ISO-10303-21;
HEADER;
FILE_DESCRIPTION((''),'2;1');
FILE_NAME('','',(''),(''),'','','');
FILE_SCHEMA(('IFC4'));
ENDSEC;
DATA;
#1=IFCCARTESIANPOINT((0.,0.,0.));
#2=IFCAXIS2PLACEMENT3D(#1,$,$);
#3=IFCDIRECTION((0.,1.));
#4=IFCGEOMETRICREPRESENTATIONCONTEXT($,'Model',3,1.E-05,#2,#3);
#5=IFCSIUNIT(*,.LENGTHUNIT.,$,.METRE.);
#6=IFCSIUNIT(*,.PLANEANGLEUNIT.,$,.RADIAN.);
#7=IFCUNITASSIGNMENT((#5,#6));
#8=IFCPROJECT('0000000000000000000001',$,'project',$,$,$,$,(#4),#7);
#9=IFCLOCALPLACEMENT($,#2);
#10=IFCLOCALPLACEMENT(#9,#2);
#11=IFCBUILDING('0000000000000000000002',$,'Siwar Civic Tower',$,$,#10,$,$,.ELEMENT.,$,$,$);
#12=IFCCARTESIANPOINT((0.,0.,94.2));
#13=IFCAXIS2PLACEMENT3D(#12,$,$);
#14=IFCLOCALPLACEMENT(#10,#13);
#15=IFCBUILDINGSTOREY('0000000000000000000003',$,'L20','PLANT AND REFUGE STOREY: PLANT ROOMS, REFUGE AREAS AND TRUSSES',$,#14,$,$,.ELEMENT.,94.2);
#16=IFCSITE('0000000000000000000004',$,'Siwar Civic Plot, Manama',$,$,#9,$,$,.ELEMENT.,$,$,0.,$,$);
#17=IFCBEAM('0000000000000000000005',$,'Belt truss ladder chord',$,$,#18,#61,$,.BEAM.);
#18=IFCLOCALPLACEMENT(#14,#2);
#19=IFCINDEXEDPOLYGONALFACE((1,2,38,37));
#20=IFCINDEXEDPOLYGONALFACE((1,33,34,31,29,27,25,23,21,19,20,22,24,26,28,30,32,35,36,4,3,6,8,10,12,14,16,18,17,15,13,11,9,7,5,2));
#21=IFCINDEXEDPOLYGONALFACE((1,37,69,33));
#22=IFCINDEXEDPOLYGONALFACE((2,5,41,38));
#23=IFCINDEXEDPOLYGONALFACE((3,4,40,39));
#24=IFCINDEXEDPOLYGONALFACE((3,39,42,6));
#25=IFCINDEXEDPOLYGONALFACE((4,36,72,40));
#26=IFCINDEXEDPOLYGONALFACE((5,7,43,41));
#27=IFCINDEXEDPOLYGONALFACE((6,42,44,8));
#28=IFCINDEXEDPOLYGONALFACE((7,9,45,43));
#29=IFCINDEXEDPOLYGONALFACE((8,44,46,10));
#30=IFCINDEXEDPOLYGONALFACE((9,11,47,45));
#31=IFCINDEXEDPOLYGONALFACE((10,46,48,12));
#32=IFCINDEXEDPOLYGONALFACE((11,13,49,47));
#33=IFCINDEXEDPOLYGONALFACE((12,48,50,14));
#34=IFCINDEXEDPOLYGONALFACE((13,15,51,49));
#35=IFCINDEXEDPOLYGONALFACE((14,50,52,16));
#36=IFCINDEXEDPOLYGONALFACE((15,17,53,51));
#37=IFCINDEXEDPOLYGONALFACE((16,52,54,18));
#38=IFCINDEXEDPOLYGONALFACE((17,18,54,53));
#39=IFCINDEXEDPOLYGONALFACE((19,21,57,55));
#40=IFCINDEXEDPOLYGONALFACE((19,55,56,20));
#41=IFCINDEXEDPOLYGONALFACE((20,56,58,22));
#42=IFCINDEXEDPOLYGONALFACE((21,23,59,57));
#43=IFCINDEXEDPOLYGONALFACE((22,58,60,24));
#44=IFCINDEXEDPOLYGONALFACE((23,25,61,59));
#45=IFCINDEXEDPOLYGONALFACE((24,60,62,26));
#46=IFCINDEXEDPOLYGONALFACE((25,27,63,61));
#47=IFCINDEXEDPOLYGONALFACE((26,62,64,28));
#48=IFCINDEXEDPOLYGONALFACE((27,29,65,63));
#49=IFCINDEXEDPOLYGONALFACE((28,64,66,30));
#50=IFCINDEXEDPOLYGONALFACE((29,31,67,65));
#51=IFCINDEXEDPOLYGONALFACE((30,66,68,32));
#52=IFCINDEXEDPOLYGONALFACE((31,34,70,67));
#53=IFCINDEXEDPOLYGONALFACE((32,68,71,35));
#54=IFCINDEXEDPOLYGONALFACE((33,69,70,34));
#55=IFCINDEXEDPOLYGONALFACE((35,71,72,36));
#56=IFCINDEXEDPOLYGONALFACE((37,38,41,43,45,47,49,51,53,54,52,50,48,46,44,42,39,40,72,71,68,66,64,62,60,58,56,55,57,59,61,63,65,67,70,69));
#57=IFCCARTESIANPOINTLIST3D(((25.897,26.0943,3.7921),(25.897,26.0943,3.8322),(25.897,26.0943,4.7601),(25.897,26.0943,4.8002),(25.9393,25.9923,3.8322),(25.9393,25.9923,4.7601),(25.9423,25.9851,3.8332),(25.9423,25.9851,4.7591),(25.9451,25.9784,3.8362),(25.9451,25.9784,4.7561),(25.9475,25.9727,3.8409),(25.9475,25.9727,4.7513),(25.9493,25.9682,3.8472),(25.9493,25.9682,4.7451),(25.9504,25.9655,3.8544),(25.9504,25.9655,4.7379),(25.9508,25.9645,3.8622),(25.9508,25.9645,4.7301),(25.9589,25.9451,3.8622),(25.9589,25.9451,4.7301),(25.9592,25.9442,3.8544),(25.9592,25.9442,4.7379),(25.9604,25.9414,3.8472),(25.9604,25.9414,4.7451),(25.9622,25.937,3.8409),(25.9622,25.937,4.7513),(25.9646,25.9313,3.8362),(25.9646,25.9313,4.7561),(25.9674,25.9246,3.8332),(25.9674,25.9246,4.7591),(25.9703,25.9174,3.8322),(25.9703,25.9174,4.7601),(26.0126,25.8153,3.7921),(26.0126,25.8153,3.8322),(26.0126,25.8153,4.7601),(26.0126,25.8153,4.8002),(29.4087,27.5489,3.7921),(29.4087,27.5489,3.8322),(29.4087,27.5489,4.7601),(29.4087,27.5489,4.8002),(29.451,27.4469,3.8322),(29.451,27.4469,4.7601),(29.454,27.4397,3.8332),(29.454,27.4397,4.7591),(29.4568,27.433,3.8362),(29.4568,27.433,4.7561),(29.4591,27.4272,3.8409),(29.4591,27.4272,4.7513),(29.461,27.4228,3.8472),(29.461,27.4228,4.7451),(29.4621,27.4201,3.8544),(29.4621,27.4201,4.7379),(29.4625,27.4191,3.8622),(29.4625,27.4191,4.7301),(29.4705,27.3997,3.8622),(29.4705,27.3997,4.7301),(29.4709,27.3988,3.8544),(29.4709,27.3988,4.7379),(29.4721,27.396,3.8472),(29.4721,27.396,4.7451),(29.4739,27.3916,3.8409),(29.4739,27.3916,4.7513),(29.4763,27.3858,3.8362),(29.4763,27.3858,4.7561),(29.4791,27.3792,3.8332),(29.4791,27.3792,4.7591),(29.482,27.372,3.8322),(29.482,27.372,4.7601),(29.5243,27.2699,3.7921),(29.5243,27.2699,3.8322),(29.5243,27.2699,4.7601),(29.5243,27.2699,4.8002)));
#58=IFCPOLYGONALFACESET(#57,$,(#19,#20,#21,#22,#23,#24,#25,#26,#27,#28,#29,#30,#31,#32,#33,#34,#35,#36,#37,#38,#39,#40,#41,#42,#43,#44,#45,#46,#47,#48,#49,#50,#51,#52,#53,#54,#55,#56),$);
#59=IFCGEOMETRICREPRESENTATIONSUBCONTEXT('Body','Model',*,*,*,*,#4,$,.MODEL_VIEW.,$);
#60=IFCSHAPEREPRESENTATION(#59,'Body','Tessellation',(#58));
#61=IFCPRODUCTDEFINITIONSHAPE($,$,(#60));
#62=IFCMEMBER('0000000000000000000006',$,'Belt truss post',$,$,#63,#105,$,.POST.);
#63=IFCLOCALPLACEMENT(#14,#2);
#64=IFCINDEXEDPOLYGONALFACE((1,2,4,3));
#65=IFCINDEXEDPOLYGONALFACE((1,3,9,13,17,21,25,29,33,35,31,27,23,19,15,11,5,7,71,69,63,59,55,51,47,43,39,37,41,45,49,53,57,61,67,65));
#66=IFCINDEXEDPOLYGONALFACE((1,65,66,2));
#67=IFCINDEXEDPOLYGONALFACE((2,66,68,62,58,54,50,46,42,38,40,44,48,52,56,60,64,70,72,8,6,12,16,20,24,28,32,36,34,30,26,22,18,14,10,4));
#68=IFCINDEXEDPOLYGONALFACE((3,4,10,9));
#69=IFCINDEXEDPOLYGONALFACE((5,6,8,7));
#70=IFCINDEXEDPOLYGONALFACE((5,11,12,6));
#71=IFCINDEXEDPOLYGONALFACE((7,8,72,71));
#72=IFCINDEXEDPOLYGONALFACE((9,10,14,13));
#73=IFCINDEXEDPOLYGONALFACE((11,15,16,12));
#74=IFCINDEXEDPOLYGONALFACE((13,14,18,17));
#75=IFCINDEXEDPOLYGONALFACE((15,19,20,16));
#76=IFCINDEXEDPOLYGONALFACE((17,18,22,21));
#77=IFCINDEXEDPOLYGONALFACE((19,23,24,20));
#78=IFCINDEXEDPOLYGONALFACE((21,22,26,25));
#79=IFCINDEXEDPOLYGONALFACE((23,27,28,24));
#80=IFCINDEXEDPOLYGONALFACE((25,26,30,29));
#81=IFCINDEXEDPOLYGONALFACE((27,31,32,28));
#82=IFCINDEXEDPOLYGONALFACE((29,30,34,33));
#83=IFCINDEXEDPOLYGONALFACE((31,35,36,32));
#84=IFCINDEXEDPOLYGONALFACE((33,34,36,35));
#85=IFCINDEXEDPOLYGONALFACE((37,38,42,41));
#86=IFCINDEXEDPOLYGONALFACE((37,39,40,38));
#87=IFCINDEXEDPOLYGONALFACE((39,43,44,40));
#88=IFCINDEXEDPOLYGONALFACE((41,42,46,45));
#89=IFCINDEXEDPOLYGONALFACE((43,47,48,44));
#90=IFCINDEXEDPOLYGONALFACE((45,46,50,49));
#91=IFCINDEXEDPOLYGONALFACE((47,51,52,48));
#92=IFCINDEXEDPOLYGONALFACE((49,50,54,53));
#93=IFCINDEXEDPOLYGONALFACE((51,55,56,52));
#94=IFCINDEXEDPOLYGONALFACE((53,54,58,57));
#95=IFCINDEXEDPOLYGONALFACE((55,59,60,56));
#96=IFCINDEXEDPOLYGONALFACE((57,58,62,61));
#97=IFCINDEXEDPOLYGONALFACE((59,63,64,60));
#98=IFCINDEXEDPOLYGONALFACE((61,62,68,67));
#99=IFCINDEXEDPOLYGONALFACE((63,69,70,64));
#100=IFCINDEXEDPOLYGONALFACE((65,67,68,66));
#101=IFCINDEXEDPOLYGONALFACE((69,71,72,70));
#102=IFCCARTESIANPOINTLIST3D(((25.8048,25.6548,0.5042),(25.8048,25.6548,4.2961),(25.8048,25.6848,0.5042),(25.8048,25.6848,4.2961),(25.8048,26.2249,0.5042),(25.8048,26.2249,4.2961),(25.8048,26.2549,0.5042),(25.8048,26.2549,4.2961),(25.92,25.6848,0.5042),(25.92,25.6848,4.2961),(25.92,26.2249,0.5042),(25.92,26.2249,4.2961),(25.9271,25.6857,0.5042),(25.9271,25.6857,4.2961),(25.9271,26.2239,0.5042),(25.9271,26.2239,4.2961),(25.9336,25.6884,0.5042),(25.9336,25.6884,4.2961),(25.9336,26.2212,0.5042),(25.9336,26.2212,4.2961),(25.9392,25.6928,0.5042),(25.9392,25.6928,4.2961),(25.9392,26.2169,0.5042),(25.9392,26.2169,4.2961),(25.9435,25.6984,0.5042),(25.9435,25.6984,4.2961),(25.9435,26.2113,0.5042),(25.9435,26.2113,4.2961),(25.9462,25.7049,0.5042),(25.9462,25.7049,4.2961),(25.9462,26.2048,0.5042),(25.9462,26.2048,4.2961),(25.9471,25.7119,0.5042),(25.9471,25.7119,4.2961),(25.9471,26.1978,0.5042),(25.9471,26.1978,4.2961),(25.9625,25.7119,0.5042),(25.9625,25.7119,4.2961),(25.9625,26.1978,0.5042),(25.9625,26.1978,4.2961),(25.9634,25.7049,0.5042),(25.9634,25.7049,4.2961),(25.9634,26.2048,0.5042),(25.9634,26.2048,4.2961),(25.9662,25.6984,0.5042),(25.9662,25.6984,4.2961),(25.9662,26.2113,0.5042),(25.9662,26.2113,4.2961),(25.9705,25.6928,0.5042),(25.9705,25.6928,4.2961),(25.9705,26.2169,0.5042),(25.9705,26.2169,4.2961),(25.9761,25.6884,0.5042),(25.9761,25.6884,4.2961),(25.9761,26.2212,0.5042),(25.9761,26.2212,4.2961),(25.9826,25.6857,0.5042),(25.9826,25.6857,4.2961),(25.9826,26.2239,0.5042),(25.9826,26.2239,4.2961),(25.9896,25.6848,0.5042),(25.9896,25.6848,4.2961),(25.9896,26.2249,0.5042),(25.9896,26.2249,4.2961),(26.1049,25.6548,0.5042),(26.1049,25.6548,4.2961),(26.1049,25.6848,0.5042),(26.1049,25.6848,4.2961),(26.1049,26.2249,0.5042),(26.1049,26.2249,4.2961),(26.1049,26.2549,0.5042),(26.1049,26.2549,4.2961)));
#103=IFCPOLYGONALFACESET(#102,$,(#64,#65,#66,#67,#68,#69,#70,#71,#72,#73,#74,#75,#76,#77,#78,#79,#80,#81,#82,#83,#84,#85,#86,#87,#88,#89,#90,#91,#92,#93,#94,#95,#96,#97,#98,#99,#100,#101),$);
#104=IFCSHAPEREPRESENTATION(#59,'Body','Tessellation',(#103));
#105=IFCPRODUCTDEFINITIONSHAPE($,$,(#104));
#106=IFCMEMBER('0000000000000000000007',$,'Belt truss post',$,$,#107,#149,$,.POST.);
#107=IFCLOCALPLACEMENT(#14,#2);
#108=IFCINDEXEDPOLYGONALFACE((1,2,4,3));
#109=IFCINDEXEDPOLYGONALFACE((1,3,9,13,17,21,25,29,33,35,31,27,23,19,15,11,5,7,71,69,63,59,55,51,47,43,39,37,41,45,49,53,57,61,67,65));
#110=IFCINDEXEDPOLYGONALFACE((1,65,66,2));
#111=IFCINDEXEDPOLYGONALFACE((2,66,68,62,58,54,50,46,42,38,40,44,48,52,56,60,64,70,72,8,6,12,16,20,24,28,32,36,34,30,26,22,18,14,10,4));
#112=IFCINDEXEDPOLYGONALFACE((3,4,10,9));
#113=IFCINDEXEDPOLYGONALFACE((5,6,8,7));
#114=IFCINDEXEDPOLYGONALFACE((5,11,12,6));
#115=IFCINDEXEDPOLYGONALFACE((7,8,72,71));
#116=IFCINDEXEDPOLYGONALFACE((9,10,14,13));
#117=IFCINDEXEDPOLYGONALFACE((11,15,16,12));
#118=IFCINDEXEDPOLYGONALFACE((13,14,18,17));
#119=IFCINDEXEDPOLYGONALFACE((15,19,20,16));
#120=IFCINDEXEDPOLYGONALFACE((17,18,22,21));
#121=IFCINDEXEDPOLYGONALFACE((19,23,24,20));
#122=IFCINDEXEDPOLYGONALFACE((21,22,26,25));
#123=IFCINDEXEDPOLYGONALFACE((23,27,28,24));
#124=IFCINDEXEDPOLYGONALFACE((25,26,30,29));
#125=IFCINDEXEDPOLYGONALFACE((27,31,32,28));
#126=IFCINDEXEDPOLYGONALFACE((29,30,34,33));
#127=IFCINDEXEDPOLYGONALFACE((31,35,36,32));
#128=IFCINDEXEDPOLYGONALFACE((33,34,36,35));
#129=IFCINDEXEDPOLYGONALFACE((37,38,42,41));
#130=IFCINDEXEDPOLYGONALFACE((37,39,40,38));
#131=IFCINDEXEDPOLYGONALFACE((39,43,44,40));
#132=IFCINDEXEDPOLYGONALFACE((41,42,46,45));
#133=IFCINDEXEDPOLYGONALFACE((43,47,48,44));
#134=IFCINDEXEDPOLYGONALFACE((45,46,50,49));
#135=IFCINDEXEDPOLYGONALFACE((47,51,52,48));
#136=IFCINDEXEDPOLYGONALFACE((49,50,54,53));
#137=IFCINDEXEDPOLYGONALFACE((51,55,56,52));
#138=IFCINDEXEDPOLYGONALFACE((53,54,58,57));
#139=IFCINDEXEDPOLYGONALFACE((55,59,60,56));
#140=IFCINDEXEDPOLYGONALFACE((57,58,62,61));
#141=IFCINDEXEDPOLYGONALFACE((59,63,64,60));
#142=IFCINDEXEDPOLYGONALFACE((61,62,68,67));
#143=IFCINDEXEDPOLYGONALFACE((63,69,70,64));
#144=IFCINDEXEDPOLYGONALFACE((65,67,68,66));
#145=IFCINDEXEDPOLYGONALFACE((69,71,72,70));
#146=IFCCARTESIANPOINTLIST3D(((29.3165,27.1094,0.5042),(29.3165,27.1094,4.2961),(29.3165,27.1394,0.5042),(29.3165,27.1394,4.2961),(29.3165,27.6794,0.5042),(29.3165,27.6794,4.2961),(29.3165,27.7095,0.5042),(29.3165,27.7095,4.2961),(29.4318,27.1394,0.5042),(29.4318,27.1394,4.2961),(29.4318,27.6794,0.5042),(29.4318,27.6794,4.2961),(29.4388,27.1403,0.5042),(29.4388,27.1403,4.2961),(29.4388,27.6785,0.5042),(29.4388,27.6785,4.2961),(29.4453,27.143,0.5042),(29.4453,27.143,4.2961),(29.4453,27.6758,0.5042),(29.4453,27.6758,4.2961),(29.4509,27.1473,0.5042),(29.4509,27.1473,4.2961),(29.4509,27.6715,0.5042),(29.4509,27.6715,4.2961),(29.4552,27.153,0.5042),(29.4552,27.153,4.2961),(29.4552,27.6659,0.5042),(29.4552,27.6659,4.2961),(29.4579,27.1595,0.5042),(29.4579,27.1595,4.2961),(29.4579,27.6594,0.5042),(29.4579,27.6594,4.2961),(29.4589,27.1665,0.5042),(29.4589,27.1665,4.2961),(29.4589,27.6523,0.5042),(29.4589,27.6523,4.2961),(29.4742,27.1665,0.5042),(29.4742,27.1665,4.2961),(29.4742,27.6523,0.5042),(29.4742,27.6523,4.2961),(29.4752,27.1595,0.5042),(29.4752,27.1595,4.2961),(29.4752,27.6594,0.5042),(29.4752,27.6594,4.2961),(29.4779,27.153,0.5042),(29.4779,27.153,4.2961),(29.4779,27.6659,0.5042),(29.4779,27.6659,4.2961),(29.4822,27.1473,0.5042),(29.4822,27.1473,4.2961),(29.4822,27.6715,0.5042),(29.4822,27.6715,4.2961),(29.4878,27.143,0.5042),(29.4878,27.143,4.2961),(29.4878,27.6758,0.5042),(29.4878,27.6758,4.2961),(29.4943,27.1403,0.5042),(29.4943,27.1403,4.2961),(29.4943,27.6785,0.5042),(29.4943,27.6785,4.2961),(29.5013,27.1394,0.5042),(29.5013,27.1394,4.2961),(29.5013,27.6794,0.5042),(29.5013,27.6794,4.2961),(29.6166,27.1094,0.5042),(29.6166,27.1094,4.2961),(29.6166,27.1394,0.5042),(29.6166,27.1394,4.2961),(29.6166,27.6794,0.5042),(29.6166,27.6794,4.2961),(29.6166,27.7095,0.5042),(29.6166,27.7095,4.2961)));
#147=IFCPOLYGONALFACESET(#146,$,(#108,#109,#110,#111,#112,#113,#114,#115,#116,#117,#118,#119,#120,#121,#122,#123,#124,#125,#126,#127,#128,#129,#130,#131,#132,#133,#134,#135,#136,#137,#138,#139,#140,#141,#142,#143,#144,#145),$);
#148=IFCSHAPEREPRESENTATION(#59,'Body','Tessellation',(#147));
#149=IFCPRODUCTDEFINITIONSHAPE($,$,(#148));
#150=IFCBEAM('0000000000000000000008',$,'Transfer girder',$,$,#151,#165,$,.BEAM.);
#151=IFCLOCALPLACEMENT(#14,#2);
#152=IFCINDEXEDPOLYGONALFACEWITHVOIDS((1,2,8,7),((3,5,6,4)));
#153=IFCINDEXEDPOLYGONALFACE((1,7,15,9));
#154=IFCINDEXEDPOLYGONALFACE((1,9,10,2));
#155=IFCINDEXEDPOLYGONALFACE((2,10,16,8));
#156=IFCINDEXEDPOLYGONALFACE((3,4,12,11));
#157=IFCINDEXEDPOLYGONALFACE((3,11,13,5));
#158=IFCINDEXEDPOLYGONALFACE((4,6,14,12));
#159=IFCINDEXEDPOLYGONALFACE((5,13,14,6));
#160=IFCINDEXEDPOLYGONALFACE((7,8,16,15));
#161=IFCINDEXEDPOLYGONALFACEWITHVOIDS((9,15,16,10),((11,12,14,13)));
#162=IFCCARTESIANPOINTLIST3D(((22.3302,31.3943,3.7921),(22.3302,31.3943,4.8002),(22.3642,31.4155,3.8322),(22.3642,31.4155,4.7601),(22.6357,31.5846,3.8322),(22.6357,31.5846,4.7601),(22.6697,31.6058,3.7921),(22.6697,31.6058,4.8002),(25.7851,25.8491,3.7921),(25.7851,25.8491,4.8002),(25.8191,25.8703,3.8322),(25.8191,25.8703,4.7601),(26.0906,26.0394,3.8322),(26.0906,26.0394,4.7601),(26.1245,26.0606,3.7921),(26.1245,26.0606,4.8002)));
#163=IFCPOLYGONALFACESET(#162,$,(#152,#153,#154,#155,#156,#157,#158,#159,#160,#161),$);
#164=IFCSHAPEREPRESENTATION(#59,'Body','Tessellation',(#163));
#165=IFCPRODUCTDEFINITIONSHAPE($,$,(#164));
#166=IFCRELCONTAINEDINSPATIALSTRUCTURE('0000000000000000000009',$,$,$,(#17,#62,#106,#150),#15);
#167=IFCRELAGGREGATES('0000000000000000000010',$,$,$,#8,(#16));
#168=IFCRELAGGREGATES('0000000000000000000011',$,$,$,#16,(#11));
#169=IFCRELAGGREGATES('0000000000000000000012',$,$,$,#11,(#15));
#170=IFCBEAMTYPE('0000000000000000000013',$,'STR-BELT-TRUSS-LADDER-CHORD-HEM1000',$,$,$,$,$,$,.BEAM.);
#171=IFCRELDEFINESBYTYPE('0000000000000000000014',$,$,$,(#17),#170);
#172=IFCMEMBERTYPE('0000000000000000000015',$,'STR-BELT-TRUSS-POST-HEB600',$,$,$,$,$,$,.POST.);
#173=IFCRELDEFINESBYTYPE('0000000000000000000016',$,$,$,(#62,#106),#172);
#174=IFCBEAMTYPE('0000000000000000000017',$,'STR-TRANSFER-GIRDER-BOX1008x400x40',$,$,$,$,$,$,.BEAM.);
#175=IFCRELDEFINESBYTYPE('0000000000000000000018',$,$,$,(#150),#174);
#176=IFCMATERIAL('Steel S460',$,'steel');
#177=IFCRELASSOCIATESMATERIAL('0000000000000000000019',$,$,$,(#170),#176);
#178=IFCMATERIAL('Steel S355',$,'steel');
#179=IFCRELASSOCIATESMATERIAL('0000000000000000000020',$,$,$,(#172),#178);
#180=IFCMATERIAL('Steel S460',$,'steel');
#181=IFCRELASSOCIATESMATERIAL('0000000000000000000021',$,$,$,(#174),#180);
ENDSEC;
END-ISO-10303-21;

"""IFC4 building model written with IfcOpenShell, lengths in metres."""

from ifc_helpers import new_model, si_unit, direction, frame, origin, origin_2d, place, context, subcontext, project, spatial, hollow_rectangle, i_section, extrude, material, material_profile, profile_set, type_object, element, save


model = new_model("IFC4")

# Units and contexts
model_context = context("Model", 3, precision=1e-05, world=origin(), true_north=direction((0.0, 1.0)))
body_context = subcontext(model_context, "Body", "Model", "MODEL_VIEW")
ifc_project = project(units=[si_unit("LENGTHUNIT", "METRE"), si_unit("PLANEANGLEUNIT", "RADIAN")], contexts=[model_context])

# Site, building, storey
site_placement = place(None, origin())
site = spatial("IfcSite", under=ifc_project, at=site_placement, Name="Siwar Civic Plot, Manama", CompositionType="ELEMENT", RefElevation=0.0)
building_placement = place(site_placement, origin())
building = spatial("IfcBuilding", under=site, at=building_placement, Name="Siwar Civic Tower", CompositionType="ELEMENT")
storey_placement = place(building_placement, frame((0.0, 0.0, 94.2)))
storey = spatial("IfcBuildingStorey", under=building, at=storey_placement, Name="L20", Description="PLANT AND REFUGE STOREY: PLANT ROOMS, REFUGE AREAS AND TRUSSES", CompositionType="ELEMENT", Elevation=94.2)

# Beam
ifc_material_1 = material(Name="Steel S460", Category="steel")
ifc_material_profile_1 = material_profile(ifc_material_1, i_section(OverallWidth=0.302, OverallDepth=1.0081, WebThickness=0.021, FlangeThickness=0.04, FilletRadius=0.03, at=origin_2d()), Name="HEM1000")
ifc_profile_set_1 = profile_set([ifc_material_profile_1], Name="Steel S460")
beam_type_1 = type_object("IfcBeamType", Name="STR-BELT-TRUSS-LADDER-CHORD-HEM1000", PredefinedType="BEAM", material=ifc_profile_set_1)
for number, where, z_axis, x_axis, name in (
    (1, (25.9548, 25.9548, 4.2961), (0.923881, 0.382681, 0.0), (-0.382681, 0.923881, 0.0), "Belt truss ladder chord"),
):
    element("IfcBeam", number, at=place(storey_placement, frame(where, z_axis=z_axis, x_axis=x_axis)), inside=storey, type_object=beam_type_1, Name=name, PredefinedType="BEAM", context=body_context, shape_type="SweptSolid", body=[
        extrude(i_section(OverallWidth=0.302, OverallDepth=1.0081, WebThickness=0.021, FlangeThickness=0.04, FilletRadius=0.03, at=origin_2d()), origin(), (0.0, 0.0, 1.0), 3.801),
    ])

# Members
ifc_material_2 = material(Name="Steel S355", Category="steel")
ifc_material_profile_2 = material_profile(ifc_material_2, i_section(OverallWidth=0.3, OverallDepth=0.6001, WebThickness=0.0154, FlangeThickness=0.03, FilletRadius=0.0271, at=origin_2d()), Name="HEB600")
ifc_profile_set_2 = profile_set([ifc_material_profile_2], Name="Steel S355")
member_type_1 = type_object("IfcMemberType", Name="STR-BELT-TRUSS-POST-HEB600", PredefinedType="POST", material=ifc_profile_set_2)
for number, where, z_axis, x_axis, name in (
    (2, (25.9548, 25.9548, 0.5042), (0.0, 0.0, 1.0), (1.0, 0.0, 0.0), "Belt truss post"),
    (3, (29.4666, 27.4094, 0.5042), (0.0, 0.0, 1.0), (1.0, 0.0, 0.0), "Belt truss post"),
):
    element("IfcMember", number, at=place(storey_placement, frame(where, z_axis=z_axis, x_axis=x_axis)), inside=storey, type_object=member_type_1, Name=name, PredefinedType="POST", context=body_context, shape_type="SweptSolid", body=[
        extrude(i_section(OverallWidth=0.3, OverallDepth=0.6001, WebThickness=0.0154, FlangeThickness=0.03, FilletRadius=0.0271, at=origin_2d()), origin(), (0.0, 0.0, 1.0), 3.792),
    ])

# Beam
ifc_material_3 = material(Name="Steel S460", Category="steel")
ifc_material_profile_3 = material_profile(ifc_material_3, hollow_rectangle(XDim=0.3999, YDim=1.0081, WallThickness=0.04, at=origin_2d()), Name="BOX1008x400x40")
ifc_profile_set_3 = profile_set([ifc_material_profile_3], Name="Steel S460")
beam_type_2 = type_object("IfcBeamType", Name="STR-TRANSFER-GIRDER-BOX1008x400x40", PredefinedType="BEAM", material=ifc_profile_set_3)
beam_1_placement = place(storey_placement, frame((25.9548, 25.9548, 4.2961), z_axis=(-0.528799, 0.848747, 0.0), x_axis=(-0.848747, -0.528799, 0.0)))
element("IfcBeam", 4, at=beam_1_placement, inside=storey, type_object=beam_type_2, Name="Transfer girder", PredefinedType="BEAM", context=body_context, shape_type="SweptSolid", body=[
    extrude(hollow_rectangle(XDim=0.3999, YDim=1.0081, WallThickness=0.04, at=origin_2d()), origin(), (0.0, 0.0, 1.0), 6.5334),
])

save(model, "model.ifc")
